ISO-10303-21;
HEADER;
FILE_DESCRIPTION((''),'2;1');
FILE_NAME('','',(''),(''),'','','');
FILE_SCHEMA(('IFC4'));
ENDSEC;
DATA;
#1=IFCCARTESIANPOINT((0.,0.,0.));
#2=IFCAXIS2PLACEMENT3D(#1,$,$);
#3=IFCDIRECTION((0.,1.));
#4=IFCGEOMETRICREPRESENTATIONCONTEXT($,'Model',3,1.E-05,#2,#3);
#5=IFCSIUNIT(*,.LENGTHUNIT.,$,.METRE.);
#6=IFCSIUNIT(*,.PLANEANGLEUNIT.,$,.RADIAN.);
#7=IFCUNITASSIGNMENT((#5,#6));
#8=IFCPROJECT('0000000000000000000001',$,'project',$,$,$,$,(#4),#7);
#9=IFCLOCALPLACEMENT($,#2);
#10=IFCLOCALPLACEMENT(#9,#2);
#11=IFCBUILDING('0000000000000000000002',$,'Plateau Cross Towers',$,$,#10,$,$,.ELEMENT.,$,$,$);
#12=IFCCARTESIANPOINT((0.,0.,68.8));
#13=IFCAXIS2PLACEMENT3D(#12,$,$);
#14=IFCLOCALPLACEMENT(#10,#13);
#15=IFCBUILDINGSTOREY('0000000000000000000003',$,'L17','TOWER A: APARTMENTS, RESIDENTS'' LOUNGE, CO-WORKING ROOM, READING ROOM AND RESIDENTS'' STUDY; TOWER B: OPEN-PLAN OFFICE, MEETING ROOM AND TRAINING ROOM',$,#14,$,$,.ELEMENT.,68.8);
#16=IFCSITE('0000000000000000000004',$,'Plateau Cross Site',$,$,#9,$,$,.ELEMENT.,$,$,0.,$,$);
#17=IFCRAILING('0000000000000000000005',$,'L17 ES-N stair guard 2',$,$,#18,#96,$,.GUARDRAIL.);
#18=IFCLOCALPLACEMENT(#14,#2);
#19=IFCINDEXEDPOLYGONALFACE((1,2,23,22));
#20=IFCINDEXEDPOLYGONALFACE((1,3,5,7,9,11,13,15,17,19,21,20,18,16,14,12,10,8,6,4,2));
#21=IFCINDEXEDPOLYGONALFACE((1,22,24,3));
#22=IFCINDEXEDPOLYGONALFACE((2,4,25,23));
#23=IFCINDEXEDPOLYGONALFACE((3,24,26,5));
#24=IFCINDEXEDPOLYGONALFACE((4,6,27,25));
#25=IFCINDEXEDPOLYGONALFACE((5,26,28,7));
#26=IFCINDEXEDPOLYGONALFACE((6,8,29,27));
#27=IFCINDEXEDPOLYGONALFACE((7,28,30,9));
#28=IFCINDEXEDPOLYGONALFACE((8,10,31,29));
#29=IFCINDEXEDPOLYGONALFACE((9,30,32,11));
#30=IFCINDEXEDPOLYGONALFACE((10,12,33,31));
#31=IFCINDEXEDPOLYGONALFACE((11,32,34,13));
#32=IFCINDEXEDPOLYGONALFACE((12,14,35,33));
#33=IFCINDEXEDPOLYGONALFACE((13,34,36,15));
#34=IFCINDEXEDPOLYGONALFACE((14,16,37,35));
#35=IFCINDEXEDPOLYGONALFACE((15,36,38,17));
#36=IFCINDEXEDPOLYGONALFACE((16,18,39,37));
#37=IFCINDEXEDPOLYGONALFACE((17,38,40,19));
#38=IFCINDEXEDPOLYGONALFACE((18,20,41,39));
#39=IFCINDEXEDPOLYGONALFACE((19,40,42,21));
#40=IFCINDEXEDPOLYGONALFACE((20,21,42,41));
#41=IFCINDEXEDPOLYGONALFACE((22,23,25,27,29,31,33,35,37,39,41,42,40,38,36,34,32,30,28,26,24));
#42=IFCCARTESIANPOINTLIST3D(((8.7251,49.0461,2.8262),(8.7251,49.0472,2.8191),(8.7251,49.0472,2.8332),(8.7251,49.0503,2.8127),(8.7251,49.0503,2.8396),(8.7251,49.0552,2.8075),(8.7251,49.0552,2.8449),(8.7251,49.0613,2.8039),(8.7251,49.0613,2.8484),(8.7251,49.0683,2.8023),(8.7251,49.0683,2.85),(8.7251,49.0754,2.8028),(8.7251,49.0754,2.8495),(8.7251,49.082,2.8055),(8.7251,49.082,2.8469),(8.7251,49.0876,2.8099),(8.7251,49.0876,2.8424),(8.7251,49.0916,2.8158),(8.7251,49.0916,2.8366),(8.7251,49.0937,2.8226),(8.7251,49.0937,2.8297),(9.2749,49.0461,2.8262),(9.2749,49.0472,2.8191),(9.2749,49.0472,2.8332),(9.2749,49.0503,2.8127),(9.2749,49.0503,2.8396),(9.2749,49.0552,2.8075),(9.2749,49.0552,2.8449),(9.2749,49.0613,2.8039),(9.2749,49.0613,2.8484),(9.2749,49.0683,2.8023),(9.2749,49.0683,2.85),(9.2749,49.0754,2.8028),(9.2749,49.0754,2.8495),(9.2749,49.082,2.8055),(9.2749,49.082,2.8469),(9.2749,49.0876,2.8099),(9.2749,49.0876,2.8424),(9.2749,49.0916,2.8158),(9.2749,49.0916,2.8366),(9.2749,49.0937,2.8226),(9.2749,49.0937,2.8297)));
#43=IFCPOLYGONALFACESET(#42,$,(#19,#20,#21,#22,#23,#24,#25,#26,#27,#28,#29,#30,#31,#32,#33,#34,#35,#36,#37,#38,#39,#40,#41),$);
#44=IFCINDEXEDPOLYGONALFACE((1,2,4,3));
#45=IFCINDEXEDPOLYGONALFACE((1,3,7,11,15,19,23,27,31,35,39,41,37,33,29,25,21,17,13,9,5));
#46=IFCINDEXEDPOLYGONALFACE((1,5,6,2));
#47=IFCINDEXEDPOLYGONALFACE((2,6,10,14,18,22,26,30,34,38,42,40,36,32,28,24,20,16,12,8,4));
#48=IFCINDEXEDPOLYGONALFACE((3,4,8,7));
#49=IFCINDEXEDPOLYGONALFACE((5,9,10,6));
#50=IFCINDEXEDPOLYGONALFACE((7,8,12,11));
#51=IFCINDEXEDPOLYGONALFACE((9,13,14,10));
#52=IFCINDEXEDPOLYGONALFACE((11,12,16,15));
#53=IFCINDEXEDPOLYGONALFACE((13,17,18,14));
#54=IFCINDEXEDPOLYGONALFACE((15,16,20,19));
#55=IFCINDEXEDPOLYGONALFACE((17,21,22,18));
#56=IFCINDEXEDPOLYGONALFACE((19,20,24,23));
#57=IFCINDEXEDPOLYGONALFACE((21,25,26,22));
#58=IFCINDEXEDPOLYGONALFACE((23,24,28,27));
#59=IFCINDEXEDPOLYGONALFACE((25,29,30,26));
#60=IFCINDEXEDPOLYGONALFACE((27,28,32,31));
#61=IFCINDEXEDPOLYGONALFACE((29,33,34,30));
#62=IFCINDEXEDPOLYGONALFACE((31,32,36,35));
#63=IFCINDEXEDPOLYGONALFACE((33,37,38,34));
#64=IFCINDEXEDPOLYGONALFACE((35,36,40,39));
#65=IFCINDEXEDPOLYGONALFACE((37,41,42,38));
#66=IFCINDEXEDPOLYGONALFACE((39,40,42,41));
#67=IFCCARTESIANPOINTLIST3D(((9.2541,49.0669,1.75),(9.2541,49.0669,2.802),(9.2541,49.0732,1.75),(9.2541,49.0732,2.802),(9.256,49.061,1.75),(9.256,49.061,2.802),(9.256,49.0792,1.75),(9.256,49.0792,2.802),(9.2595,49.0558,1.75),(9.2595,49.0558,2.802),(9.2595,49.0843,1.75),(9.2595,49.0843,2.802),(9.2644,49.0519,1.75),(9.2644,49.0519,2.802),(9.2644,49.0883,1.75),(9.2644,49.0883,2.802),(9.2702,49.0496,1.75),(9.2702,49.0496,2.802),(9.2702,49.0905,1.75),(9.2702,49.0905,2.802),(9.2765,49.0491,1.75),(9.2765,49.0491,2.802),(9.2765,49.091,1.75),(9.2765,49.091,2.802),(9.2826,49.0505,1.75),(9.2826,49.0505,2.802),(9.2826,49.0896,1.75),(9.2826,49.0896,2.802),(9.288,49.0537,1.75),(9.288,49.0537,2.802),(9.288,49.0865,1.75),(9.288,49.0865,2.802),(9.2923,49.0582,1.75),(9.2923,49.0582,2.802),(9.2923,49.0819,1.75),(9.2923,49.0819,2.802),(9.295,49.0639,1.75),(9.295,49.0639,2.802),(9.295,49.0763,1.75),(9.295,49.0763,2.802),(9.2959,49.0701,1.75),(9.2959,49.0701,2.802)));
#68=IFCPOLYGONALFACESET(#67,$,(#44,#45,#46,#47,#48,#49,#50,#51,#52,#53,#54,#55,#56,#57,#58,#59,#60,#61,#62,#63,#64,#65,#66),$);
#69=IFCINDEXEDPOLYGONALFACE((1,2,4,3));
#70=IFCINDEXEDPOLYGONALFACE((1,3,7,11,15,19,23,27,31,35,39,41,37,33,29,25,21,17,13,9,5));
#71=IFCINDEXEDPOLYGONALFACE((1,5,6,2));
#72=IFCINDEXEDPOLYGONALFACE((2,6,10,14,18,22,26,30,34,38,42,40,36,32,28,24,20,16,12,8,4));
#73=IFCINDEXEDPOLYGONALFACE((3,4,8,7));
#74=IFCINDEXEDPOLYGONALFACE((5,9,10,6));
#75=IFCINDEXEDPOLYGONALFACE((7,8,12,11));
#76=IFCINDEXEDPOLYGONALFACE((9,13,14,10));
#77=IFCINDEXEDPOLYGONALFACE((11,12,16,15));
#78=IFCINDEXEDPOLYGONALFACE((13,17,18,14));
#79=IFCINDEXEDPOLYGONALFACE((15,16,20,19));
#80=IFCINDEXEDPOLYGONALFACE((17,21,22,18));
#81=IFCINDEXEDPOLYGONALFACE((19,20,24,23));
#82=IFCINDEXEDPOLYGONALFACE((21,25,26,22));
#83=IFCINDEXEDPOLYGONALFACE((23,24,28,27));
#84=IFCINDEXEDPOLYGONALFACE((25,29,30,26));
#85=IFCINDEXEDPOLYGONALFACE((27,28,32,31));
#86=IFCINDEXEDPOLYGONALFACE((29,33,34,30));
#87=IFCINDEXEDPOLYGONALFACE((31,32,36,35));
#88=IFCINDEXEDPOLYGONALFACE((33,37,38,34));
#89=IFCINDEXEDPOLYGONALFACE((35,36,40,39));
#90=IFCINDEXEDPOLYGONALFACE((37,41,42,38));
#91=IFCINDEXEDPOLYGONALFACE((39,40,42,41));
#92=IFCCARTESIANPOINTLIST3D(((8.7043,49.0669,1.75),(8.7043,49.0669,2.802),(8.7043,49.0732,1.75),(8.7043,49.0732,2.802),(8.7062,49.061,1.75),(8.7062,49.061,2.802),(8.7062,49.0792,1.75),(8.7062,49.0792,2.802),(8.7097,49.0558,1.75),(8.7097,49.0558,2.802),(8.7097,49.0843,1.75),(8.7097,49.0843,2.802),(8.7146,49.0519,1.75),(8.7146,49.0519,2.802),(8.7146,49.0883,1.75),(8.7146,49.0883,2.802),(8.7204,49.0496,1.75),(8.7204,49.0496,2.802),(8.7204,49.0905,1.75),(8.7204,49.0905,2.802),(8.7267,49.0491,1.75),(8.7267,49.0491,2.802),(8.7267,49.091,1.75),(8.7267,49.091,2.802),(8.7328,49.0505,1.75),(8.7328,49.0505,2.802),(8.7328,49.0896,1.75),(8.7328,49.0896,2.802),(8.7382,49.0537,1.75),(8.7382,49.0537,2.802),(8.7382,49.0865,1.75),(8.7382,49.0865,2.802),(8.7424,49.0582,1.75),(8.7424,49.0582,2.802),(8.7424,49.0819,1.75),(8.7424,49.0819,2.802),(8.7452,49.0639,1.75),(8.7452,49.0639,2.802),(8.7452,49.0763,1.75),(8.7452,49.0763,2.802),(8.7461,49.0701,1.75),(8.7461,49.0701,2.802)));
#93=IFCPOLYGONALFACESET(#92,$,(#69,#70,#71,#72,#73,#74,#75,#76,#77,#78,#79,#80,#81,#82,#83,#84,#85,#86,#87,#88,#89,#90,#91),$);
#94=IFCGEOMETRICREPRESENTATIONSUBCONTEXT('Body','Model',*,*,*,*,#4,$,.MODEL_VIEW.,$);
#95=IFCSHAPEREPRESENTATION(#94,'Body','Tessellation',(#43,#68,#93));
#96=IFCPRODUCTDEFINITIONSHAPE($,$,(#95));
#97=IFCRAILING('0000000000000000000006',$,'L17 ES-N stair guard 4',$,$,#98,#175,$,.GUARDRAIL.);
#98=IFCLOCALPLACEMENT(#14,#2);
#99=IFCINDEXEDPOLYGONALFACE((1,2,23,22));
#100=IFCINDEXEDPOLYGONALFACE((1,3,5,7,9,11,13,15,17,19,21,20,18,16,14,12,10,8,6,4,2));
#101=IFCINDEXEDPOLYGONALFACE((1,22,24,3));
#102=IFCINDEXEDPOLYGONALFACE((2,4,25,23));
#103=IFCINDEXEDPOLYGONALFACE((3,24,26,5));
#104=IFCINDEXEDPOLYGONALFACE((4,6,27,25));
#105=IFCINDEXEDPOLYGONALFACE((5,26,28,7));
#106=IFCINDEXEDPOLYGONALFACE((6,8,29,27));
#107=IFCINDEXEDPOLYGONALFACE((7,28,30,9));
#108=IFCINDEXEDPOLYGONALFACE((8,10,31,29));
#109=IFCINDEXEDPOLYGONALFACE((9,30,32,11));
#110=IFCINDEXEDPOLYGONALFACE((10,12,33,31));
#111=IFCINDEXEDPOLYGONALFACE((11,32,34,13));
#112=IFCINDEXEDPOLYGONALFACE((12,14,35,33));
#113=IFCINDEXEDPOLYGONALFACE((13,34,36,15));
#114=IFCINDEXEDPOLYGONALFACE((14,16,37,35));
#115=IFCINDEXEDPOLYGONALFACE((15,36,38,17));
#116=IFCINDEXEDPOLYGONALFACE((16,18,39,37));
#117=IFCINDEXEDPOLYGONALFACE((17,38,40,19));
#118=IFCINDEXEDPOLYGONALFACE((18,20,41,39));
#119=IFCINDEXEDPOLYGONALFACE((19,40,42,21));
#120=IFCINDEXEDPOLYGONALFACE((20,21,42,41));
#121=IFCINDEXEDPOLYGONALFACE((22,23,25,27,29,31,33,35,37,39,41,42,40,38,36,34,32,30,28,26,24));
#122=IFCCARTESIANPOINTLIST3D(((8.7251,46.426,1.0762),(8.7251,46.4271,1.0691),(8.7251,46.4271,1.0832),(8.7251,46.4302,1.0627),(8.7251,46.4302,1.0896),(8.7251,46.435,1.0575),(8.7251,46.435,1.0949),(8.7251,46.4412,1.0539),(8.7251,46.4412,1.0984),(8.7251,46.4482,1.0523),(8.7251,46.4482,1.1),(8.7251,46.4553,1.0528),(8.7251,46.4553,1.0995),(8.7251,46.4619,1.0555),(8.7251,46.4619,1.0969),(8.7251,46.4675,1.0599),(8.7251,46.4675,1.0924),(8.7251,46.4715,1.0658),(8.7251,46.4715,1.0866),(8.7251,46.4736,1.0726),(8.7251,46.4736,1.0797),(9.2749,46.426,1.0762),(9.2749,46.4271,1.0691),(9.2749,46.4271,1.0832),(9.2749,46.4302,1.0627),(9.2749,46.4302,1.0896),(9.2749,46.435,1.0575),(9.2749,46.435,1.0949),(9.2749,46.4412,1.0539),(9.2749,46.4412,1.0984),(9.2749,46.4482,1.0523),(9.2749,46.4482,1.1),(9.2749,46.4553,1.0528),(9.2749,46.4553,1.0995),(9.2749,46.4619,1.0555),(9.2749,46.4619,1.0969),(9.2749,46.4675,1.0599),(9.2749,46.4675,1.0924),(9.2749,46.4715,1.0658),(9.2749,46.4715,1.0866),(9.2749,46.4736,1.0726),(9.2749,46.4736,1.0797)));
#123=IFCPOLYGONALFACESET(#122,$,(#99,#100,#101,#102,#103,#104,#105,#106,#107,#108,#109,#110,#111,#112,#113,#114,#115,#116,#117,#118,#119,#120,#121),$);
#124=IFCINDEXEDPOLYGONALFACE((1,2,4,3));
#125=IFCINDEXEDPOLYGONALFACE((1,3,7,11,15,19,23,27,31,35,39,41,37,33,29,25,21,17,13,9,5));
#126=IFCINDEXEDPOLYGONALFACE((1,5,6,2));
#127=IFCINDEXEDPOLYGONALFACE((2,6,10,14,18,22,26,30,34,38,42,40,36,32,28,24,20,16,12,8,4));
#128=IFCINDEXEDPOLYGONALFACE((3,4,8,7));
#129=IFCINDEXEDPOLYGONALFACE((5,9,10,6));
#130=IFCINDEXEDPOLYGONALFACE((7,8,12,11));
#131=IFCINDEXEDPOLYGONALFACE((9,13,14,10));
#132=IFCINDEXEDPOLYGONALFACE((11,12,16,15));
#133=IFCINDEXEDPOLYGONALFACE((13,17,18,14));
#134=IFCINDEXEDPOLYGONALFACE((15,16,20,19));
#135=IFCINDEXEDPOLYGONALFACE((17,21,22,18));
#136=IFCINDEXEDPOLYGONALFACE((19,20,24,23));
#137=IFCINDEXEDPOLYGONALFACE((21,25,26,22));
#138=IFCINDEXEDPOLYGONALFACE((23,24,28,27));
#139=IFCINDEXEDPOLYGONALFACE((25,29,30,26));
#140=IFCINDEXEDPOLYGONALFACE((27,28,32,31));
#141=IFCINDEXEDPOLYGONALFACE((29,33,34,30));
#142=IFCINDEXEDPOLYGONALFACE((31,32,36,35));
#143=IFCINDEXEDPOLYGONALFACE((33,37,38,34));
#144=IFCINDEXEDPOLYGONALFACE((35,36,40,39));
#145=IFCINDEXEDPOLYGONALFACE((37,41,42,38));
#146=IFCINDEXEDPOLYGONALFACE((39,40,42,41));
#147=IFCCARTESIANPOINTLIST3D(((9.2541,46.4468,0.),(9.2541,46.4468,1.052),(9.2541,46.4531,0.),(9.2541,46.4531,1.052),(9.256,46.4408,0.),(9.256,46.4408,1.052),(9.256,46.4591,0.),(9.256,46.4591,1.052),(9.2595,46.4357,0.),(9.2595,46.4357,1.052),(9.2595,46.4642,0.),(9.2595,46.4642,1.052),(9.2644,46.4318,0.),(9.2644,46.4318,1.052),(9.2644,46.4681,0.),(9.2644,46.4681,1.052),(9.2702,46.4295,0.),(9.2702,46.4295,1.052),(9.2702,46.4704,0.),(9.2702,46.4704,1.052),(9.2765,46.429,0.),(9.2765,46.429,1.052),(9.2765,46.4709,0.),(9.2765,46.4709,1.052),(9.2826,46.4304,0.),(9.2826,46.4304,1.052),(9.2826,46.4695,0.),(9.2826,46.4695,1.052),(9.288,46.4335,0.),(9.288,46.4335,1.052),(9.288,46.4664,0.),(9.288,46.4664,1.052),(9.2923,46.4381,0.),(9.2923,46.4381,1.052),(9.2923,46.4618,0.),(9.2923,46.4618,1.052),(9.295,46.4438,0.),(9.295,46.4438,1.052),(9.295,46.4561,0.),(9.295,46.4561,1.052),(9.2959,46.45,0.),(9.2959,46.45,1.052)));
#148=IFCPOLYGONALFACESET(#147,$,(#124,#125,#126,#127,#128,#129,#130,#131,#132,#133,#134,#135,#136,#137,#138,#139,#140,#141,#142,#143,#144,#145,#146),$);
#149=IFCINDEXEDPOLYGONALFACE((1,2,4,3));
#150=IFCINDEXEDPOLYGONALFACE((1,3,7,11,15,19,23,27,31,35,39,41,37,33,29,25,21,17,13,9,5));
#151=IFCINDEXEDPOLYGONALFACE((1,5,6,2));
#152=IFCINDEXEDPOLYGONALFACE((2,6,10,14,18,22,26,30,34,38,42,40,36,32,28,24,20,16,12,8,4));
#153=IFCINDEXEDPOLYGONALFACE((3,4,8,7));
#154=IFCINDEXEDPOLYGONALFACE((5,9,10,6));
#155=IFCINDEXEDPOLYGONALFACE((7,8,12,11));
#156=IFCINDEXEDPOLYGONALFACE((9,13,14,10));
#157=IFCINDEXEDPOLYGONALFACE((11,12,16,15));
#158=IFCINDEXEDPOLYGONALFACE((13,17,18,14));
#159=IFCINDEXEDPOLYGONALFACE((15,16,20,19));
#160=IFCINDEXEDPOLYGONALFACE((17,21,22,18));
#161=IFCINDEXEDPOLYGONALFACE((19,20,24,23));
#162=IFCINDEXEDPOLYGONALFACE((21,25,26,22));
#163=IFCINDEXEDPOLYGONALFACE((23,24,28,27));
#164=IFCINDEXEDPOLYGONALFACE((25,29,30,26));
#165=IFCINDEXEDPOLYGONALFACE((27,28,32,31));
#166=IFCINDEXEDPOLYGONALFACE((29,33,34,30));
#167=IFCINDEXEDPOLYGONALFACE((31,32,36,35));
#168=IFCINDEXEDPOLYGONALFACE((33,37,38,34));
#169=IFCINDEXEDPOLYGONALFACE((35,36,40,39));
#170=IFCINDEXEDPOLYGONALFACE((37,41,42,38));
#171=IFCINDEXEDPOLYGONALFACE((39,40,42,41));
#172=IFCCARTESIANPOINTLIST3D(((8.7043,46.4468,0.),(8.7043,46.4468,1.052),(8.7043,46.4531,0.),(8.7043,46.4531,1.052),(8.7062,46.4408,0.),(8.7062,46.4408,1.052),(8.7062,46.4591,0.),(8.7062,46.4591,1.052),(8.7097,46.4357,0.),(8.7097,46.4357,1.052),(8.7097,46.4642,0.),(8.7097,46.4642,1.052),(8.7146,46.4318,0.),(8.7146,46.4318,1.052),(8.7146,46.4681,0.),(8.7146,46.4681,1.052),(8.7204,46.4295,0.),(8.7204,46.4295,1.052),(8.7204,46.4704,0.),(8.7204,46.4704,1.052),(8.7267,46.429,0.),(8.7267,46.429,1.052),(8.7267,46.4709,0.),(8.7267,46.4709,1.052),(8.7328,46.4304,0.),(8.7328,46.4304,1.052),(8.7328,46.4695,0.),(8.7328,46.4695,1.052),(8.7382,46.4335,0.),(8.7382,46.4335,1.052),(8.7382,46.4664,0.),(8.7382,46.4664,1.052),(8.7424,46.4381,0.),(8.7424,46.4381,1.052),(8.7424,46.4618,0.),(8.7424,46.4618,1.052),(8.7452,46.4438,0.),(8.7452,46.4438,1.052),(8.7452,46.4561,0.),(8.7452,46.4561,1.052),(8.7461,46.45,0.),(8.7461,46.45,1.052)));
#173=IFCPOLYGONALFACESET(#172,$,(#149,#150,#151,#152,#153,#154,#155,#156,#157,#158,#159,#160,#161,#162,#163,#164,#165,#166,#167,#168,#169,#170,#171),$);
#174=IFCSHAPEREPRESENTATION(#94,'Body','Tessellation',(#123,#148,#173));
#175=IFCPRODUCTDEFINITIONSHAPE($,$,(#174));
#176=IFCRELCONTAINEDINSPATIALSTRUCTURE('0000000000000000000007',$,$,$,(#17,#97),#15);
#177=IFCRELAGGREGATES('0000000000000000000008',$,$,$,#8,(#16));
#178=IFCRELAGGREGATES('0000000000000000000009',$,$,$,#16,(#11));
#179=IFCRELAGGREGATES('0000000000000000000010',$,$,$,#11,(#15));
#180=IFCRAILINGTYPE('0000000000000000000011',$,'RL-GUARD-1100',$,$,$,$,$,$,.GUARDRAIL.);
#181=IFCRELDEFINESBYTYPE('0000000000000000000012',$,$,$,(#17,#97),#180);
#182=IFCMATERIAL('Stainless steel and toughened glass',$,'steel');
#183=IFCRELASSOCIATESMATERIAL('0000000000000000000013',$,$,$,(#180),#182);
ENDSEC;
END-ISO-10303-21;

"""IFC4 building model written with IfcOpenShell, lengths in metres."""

from ifc_helpers import new_model, si_unit, direction, frame, origin, origin_2d, place, context, subcontext, project, spatial, circle, extrude, material, type_object, element, save


model = new_model("IFC4")

# Units and contexts
model_context = context("Model", 3, precision=1e-05, world=origin(), true_north=direction((0.0, 1.0)))
body_context = subcontext(model_context, "Body", "Model", "MODEL_VIEW")
ifc_project = project(units=[si_unit("LENGTHUNIT", "METRE"), si_unit("PLANEANGLEUNIT", "RADIAN")], contexts=[model_context])

# Site, building, storey
site_placement = place(None, origin())
site = spatial("IfcSite", under=ifc_project, at=site_placement, Name="Plateau Cross Site", CompositionType="ELEMENT", RefElevation=0.0)
building_placement = place(site_placement, origin())
building = spatial("IfcBuilding", under=site, at=building_placement, Name="Plateau Cross Towers", CompositionType="ELEMENT")
storey_placement = place(building_placement, frame((0.0, 0.0, 68.8)))
storey = spatial("IfcBuildingStorey", under=building, at=storey_placement, Name="L17", Description="TOWER A: APARTMENTS, RESIDENTS' LOUNGE, CO-WORKING ROOM, READING ROOM AND RESIDENTS' STUDY; TOWER B: OPEN-PLAN OFFICE, MEETING ROOM AND TRAINING ROOM", CompositionType="ELEMENT", Elevation=68.8)

# Railings
ifc_material_1 = material(Name="Stainless steel and toughened glass", Category="steel")
railing_type_1 = type_object("IfcRailingType", Name="RL-GUARD-1100", PredefinedType="GUARDRAIL", material=ifc_material_1)
for number, where, name in (
    (1, (9.2749, 49.0701, 1.75), "L17 ES-N stair guard 2"),
    (2, (9.2749, 46.45, 0.0), "L17 ES-N stair guard 4"),
):
    element("IfcRailing", number, at=place(storey_placement, frame(where)), inside=storey, type_object=railing_type_1, Name=name, PredefinedType="GUARDRAIL", context=body_context, shape_type="SweptSolid", body=[
        extrude(circle(Radius=0.0239, at=origin_2d()), frame((0.0, 0.0, 1.0762), z_axis=(-1.0, 0.0, 0.0), x_axis=(0.0, -1.0, 0.0)), (0.0, 0.0, 1.0), 0.5498),
        extrude(circle(Radius=0.021, at=origin_2d()), origin(), (0.0, 0.0, 1.0), 1.052),
        extrude(circle(Radius=0.021, at=origin_2d()), frame((-0.5498, 0.0, 0.0)), (0.0, 0.0, 1.0), 1.052),
    ])

save(model, "model.ifc")
